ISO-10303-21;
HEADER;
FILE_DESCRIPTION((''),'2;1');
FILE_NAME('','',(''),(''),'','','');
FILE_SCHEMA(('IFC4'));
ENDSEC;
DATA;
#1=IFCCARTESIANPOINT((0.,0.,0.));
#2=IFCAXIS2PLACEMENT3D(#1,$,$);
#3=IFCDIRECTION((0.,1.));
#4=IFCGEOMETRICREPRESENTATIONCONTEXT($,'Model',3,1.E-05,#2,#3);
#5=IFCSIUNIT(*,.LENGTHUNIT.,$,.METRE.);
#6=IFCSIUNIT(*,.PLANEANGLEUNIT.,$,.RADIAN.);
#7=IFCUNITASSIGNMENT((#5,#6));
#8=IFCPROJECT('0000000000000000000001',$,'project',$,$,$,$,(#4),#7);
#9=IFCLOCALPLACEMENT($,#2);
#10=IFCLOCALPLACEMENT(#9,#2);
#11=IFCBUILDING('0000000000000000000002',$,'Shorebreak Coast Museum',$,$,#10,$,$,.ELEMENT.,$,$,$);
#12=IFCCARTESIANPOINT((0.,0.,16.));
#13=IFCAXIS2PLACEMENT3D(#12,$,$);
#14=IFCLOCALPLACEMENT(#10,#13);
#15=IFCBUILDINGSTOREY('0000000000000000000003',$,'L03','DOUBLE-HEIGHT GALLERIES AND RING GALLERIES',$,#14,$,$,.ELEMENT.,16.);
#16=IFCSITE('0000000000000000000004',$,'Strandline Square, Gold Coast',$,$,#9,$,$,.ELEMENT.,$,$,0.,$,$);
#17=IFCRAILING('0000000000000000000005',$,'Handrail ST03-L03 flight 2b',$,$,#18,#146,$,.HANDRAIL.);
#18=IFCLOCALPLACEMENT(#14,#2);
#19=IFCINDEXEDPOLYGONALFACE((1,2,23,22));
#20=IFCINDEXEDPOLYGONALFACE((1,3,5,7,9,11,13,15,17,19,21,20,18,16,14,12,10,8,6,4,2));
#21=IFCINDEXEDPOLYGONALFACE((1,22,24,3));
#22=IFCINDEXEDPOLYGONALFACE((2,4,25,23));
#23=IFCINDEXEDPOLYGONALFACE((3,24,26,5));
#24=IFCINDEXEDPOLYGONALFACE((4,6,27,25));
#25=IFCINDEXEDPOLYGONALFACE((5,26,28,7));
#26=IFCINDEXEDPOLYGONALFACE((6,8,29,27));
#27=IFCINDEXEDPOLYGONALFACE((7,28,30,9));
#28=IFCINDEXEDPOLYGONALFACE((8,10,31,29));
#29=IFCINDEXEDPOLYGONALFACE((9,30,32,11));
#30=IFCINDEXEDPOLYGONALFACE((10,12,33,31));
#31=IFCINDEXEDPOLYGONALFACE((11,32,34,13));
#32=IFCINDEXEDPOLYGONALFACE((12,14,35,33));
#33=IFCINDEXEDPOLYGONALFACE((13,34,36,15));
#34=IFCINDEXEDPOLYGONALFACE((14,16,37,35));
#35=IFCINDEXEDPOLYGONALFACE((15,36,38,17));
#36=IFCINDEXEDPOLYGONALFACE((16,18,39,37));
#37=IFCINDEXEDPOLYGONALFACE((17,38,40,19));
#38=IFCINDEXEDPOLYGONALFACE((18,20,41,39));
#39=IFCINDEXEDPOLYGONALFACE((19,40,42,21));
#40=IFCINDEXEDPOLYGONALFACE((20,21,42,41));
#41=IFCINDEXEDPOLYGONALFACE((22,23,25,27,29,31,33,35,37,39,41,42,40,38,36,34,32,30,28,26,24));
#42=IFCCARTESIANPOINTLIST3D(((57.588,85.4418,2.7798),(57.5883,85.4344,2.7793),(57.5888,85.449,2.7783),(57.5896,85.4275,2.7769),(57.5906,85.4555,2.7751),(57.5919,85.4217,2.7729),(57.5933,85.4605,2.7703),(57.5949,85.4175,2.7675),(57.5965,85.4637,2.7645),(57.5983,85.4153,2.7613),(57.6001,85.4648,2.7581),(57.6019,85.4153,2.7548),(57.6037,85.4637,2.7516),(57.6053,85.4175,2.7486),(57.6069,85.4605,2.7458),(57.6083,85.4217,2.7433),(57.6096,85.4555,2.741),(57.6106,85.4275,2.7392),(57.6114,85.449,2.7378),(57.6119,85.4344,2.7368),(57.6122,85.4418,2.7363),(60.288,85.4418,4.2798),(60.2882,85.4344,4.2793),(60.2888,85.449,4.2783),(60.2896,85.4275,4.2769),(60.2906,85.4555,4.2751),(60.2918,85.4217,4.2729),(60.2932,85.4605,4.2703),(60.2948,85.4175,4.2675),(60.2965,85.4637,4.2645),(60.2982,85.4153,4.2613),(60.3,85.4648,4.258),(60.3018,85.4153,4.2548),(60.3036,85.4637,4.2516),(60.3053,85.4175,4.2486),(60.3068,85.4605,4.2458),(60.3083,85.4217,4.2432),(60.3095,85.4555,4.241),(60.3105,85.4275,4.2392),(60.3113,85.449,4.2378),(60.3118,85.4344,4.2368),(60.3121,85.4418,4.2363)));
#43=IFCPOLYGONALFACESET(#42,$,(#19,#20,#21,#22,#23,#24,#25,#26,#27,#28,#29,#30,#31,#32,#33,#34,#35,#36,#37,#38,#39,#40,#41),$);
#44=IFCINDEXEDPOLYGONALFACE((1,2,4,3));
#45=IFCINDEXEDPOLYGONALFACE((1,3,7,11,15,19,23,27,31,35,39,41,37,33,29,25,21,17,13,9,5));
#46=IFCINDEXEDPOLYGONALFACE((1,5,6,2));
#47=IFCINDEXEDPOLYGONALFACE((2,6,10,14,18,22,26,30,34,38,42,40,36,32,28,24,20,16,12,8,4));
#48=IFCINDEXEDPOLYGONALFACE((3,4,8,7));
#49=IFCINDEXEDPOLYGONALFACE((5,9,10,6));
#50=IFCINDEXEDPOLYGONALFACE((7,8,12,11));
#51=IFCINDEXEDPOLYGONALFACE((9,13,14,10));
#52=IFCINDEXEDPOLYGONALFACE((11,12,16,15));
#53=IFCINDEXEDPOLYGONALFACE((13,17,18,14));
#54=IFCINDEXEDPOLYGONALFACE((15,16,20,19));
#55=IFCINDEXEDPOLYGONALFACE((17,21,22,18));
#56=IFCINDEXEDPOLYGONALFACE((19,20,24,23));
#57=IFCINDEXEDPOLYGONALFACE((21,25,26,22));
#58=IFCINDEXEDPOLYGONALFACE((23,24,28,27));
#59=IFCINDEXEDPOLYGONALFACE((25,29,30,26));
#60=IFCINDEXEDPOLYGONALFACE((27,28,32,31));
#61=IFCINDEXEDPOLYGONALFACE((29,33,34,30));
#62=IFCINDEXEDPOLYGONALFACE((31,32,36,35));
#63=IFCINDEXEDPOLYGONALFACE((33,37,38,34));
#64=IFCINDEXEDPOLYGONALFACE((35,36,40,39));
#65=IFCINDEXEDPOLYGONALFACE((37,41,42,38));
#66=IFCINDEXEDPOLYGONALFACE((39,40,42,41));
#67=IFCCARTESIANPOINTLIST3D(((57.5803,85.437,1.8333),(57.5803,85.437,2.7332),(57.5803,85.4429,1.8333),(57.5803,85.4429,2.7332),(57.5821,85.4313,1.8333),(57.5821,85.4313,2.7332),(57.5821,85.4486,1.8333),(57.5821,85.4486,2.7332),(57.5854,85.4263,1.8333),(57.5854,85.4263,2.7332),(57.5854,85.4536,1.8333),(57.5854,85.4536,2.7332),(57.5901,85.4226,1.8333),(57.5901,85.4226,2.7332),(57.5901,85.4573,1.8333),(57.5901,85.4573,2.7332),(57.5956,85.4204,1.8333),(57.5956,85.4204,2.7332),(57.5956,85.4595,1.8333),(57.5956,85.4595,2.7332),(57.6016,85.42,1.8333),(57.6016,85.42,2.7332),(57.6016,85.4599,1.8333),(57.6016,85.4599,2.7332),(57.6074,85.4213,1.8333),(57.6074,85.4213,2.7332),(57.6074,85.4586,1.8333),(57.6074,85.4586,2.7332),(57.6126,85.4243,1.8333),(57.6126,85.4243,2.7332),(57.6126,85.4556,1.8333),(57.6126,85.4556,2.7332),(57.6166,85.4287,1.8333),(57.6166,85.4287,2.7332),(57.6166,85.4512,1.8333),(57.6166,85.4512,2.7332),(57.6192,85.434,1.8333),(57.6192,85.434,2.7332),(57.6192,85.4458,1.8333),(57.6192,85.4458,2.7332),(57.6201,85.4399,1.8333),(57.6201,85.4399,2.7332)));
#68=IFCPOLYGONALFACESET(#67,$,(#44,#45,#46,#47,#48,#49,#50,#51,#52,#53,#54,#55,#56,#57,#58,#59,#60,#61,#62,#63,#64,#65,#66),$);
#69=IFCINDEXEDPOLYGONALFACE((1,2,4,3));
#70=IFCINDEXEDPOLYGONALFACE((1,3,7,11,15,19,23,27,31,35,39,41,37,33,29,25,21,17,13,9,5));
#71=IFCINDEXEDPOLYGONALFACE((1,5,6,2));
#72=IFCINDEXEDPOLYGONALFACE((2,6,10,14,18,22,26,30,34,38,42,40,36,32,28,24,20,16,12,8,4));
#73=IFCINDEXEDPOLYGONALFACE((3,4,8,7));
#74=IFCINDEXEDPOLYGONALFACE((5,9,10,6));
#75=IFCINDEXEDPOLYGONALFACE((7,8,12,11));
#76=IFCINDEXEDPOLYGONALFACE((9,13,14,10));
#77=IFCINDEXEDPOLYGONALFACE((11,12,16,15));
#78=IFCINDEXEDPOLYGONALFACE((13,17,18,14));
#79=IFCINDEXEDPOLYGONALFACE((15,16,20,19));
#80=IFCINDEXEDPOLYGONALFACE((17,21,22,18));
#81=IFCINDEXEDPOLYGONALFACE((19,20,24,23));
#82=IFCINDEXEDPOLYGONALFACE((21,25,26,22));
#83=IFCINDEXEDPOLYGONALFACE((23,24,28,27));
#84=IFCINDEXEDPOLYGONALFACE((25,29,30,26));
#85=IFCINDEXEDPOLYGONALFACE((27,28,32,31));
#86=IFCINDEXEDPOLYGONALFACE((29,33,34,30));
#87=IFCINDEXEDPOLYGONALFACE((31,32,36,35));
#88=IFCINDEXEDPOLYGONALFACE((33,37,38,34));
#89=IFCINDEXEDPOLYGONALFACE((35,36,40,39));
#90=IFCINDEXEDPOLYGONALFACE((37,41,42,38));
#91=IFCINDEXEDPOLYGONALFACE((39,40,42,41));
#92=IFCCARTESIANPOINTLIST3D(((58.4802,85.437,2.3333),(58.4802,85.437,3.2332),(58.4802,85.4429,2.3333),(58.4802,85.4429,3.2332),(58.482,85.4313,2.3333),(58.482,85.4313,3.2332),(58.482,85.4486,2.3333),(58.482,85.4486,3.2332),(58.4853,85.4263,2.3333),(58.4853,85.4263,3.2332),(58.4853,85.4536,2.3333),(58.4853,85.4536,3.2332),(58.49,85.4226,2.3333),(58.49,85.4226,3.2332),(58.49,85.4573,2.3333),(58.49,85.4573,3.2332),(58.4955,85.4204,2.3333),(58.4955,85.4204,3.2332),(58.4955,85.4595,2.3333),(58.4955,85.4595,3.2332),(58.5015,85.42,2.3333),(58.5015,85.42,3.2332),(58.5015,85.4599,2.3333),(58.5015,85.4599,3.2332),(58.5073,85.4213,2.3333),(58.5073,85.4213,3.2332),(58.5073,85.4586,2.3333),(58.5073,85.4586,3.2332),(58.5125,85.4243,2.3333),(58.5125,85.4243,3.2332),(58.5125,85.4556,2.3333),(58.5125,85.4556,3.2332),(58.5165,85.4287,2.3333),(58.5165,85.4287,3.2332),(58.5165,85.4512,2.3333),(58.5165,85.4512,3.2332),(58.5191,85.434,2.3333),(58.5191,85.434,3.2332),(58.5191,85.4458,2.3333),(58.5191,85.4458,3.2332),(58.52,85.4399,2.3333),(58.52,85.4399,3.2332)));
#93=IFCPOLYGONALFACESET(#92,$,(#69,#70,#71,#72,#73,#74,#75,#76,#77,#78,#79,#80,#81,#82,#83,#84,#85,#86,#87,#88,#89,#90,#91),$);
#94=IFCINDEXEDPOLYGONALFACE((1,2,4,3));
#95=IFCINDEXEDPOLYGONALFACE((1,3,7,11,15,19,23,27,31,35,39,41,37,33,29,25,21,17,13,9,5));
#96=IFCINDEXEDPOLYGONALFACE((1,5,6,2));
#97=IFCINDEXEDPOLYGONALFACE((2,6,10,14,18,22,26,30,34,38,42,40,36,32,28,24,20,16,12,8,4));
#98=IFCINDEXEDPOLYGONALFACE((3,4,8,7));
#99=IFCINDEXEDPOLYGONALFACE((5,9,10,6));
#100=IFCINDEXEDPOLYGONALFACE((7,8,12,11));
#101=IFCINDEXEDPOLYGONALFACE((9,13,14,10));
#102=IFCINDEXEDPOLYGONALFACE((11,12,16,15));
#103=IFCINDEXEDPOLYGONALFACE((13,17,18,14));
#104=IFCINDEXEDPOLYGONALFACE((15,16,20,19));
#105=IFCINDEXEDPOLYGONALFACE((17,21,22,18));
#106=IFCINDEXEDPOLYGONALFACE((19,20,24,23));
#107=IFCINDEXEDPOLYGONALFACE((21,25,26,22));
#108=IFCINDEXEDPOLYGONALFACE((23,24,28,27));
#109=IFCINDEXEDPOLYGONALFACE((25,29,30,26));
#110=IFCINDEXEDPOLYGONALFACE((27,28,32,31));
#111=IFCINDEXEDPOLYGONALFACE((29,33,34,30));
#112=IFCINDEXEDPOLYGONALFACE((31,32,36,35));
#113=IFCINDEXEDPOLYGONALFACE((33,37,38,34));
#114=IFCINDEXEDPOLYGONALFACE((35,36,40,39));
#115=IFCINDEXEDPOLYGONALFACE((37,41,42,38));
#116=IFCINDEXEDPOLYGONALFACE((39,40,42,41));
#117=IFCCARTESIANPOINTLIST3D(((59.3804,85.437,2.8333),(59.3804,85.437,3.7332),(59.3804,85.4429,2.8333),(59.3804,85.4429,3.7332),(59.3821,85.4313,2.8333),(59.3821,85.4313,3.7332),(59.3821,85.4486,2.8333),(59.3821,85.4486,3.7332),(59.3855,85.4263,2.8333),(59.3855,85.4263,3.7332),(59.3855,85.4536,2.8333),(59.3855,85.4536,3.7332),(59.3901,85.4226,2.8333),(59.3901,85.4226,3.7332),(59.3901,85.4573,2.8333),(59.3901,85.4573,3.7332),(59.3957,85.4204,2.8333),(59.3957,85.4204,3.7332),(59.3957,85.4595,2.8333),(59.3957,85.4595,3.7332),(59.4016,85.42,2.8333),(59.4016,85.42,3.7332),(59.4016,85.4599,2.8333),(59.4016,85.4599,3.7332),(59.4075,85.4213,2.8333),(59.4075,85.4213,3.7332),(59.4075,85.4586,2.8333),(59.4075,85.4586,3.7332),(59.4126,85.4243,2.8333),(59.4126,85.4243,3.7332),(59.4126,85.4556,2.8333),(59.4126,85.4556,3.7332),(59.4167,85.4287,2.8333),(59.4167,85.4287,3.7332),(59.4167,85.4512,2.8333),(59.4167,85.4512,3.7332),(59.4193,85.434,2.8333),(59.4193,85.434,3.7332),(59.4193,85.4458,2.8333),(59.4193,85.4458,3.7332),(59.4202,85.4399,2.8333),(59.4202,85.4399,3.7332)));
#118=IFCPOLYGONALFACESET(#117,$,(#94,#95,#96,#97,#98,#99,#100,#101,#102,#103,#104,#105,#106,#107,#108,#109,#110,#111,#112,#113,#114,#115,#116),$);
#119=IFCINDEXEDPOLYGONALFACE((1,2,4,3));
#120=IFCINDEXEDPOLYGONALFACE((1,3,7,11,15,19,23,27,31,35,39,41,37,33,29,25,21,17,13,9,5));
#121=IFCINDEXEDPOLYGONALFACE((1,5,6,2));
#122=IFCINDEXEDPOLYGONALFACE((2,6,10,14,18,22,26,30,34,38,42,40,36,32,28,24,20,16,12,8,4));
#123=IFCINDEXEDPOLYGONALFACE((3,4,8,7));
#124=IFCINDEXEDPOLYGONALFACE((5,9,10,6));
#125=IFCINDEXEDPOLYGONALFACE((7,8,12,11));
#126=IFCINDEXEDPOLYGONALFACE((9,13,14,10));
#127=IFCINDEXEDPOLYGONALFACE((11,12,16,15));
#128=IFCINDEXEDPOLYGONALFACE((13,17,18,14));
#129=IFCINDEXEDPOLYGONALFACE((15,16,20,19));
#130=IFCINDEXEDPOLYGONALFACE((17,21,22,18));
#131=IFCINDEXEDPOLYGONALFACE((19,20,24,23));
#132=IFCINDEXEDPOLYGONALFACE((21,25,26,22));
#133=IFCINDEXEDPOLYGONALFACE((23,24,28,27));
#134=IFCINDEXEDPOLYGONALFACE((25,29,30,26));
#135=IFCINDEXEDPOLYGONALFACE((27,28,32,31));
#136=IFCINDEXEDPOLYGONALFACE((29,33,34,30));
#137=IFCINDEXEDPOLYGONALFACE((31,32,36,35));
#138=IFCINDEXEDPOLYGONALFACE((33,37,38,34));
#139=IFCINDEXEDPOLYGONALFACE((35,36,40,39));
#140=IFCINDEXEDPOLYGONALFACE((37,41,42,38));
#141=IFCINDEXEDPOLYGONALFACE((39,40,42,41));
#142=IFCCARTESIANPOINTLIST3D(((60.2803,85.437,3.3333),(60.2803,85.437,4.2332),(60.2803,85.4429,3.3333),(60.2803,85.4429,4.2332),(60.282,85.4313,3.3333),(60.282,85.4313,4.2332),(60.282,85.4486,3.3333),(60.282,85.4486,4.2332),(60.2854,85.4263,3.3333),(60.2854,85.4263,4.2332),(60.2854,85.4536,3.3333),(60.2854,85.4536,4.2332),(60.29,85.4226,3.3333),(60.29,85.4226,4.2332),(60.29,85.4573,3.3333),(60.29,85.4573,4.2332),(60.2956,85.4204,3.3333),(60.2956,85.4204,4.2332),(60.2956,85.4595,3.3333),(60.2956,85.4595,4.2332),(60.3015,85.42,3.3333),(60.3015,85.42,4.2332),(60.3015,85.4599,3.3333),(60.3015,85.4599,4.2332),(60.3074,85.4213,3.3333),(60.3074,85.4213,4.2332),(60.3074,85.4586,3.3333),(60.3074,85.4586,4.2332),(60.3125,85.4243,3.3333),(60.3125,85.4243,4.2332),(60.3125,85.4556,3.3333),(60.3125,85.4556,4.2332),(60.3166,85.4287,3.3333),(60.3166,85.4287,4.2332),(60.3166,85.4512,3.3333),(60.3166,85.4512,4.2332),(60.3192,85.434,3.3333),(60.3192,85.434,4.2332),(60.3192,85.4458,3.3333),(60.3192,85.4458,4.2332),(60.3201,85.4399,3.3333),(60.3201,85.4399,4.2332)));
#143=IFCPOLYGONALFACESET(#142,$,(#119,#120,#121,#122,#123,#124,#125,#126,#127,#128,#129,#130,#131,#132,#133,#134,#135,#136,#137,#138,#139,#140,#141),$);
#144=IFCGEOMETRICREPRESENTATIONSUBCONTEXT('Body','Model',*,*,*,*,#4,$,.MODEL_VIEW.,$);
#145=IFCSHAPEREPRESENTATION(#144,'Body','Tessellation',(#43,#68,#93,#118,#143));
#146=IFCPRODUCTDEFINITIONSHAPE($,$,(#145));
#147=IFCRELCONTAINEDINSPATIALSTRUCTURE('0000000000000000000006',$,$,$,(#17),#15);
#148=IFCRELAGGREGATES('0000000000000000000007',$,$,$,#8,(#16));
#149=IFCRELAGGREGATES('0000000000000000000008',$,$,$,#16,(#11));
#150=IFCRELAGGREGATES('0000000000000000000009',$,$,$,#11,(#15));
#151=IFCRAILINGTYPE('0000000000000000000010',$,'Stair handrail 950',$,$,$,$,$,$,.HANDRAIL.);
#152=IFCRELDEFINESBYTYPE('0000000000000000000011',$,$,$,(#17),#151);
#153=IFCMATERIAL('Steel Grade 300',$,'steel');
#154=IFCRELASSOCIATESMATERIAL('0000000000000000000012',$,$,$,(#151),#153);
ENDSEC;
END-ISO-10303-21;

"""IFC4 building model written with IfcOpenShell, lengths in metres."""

from ifc_helpers import new_model, si_unit, direction, frame, origin, origin_2d, place, context, subcontext, project, spatial, circle, extrude, material, type_object, element, save


model = new_model("IFC4")

# Units and contexts
model_context = context("Model", 3, precision=1e-05, world=origin(), true_north=direction((0.0, 1.0)))
body_context = subcontext(model_context, "Body", "Model", "MODEL_VIEW")
ifc_project = project(units=[si_unit("LENGTHUNIT", "METRE"), si_unit("PLANEANGLEUNIT", "RADIAN")], contexts=[model_context])

# Site, building, storey
site_placement = place(None, origin())
site = spatial("IfcSite", under=ifc_project, at=site_placement, Name="Strandline Square, Gold Coast", CompositionType="ELEMENT", RefElevation=0.0)
building_placement = place(site_placement, origin())
building = spatial("IfcBuilding", under=site, at=building_placement, Name="Shorebreak Coast Museum", CompositionType="ELEMENT")
storey_placement = place(building_placement, frame((0.0, 0.0, 16.0)))
storey = spatial("IfcBuildingStorey", under=building, at=storey_placement, Name="L03", Description="DOUBLE-HEIGHT GALLERIES AND RING GALLERIES", CompositionType="ELEMENT", Elevation=16.0)

# Railing
ifc_material_1 = material(Name="Steel Grade 300", Category="steel")
railing_type_1 = type_object("IfcRailingType", Name="Stair handrail 950", PredefinedType="HANDRAIL", material=ifc_material_1)
for number, where, name in (
    (1, (57.6001, 85.4399, 1.8333), "Handrail ST03-L03 flight 2b"),
):
    element("IfcRailing", number, at=place(storey_placement, frame(where)), inside=storey, type_object=railing_type_1, Name=name, PredefinedType="HANDRAIL", context=body_context, shape_type="SweptSolid", body=[
        extrude(circle(Radius=0.0249, at=origin_2d()), frame((0.0, 0.0, 0.9248), z_axis=(0.874154, 0.0, 0.48565), x_axis=(0.0, 1.0, 0.0)), (0.0, 0.0, 1.0), 3.0886),
        extrude(circle(Radius=0.02, at=origin_2d()), origin(), (0.0, 0.0, 1.0), 0.8999),
        extrude(circle(Radius=0.02, at=origin_2d()), frame((0.8999, 0.0, 0.5)), (0.0, 0.0, 1.0), 0.8999),
        extrude(circle(Radius=0.02, at=origin_2d()), frame((1.8, 0.0, 1.0)), (0.0, 0.0, 1.0), 0.8999),
        extrude(circle(Radius=0.02, at=origin_2d()), frame((2.7, 0.0, 1.5)), (0.0, 0.0, 1.0), 0.8999),
    ])

save(model, "model.ifc")
